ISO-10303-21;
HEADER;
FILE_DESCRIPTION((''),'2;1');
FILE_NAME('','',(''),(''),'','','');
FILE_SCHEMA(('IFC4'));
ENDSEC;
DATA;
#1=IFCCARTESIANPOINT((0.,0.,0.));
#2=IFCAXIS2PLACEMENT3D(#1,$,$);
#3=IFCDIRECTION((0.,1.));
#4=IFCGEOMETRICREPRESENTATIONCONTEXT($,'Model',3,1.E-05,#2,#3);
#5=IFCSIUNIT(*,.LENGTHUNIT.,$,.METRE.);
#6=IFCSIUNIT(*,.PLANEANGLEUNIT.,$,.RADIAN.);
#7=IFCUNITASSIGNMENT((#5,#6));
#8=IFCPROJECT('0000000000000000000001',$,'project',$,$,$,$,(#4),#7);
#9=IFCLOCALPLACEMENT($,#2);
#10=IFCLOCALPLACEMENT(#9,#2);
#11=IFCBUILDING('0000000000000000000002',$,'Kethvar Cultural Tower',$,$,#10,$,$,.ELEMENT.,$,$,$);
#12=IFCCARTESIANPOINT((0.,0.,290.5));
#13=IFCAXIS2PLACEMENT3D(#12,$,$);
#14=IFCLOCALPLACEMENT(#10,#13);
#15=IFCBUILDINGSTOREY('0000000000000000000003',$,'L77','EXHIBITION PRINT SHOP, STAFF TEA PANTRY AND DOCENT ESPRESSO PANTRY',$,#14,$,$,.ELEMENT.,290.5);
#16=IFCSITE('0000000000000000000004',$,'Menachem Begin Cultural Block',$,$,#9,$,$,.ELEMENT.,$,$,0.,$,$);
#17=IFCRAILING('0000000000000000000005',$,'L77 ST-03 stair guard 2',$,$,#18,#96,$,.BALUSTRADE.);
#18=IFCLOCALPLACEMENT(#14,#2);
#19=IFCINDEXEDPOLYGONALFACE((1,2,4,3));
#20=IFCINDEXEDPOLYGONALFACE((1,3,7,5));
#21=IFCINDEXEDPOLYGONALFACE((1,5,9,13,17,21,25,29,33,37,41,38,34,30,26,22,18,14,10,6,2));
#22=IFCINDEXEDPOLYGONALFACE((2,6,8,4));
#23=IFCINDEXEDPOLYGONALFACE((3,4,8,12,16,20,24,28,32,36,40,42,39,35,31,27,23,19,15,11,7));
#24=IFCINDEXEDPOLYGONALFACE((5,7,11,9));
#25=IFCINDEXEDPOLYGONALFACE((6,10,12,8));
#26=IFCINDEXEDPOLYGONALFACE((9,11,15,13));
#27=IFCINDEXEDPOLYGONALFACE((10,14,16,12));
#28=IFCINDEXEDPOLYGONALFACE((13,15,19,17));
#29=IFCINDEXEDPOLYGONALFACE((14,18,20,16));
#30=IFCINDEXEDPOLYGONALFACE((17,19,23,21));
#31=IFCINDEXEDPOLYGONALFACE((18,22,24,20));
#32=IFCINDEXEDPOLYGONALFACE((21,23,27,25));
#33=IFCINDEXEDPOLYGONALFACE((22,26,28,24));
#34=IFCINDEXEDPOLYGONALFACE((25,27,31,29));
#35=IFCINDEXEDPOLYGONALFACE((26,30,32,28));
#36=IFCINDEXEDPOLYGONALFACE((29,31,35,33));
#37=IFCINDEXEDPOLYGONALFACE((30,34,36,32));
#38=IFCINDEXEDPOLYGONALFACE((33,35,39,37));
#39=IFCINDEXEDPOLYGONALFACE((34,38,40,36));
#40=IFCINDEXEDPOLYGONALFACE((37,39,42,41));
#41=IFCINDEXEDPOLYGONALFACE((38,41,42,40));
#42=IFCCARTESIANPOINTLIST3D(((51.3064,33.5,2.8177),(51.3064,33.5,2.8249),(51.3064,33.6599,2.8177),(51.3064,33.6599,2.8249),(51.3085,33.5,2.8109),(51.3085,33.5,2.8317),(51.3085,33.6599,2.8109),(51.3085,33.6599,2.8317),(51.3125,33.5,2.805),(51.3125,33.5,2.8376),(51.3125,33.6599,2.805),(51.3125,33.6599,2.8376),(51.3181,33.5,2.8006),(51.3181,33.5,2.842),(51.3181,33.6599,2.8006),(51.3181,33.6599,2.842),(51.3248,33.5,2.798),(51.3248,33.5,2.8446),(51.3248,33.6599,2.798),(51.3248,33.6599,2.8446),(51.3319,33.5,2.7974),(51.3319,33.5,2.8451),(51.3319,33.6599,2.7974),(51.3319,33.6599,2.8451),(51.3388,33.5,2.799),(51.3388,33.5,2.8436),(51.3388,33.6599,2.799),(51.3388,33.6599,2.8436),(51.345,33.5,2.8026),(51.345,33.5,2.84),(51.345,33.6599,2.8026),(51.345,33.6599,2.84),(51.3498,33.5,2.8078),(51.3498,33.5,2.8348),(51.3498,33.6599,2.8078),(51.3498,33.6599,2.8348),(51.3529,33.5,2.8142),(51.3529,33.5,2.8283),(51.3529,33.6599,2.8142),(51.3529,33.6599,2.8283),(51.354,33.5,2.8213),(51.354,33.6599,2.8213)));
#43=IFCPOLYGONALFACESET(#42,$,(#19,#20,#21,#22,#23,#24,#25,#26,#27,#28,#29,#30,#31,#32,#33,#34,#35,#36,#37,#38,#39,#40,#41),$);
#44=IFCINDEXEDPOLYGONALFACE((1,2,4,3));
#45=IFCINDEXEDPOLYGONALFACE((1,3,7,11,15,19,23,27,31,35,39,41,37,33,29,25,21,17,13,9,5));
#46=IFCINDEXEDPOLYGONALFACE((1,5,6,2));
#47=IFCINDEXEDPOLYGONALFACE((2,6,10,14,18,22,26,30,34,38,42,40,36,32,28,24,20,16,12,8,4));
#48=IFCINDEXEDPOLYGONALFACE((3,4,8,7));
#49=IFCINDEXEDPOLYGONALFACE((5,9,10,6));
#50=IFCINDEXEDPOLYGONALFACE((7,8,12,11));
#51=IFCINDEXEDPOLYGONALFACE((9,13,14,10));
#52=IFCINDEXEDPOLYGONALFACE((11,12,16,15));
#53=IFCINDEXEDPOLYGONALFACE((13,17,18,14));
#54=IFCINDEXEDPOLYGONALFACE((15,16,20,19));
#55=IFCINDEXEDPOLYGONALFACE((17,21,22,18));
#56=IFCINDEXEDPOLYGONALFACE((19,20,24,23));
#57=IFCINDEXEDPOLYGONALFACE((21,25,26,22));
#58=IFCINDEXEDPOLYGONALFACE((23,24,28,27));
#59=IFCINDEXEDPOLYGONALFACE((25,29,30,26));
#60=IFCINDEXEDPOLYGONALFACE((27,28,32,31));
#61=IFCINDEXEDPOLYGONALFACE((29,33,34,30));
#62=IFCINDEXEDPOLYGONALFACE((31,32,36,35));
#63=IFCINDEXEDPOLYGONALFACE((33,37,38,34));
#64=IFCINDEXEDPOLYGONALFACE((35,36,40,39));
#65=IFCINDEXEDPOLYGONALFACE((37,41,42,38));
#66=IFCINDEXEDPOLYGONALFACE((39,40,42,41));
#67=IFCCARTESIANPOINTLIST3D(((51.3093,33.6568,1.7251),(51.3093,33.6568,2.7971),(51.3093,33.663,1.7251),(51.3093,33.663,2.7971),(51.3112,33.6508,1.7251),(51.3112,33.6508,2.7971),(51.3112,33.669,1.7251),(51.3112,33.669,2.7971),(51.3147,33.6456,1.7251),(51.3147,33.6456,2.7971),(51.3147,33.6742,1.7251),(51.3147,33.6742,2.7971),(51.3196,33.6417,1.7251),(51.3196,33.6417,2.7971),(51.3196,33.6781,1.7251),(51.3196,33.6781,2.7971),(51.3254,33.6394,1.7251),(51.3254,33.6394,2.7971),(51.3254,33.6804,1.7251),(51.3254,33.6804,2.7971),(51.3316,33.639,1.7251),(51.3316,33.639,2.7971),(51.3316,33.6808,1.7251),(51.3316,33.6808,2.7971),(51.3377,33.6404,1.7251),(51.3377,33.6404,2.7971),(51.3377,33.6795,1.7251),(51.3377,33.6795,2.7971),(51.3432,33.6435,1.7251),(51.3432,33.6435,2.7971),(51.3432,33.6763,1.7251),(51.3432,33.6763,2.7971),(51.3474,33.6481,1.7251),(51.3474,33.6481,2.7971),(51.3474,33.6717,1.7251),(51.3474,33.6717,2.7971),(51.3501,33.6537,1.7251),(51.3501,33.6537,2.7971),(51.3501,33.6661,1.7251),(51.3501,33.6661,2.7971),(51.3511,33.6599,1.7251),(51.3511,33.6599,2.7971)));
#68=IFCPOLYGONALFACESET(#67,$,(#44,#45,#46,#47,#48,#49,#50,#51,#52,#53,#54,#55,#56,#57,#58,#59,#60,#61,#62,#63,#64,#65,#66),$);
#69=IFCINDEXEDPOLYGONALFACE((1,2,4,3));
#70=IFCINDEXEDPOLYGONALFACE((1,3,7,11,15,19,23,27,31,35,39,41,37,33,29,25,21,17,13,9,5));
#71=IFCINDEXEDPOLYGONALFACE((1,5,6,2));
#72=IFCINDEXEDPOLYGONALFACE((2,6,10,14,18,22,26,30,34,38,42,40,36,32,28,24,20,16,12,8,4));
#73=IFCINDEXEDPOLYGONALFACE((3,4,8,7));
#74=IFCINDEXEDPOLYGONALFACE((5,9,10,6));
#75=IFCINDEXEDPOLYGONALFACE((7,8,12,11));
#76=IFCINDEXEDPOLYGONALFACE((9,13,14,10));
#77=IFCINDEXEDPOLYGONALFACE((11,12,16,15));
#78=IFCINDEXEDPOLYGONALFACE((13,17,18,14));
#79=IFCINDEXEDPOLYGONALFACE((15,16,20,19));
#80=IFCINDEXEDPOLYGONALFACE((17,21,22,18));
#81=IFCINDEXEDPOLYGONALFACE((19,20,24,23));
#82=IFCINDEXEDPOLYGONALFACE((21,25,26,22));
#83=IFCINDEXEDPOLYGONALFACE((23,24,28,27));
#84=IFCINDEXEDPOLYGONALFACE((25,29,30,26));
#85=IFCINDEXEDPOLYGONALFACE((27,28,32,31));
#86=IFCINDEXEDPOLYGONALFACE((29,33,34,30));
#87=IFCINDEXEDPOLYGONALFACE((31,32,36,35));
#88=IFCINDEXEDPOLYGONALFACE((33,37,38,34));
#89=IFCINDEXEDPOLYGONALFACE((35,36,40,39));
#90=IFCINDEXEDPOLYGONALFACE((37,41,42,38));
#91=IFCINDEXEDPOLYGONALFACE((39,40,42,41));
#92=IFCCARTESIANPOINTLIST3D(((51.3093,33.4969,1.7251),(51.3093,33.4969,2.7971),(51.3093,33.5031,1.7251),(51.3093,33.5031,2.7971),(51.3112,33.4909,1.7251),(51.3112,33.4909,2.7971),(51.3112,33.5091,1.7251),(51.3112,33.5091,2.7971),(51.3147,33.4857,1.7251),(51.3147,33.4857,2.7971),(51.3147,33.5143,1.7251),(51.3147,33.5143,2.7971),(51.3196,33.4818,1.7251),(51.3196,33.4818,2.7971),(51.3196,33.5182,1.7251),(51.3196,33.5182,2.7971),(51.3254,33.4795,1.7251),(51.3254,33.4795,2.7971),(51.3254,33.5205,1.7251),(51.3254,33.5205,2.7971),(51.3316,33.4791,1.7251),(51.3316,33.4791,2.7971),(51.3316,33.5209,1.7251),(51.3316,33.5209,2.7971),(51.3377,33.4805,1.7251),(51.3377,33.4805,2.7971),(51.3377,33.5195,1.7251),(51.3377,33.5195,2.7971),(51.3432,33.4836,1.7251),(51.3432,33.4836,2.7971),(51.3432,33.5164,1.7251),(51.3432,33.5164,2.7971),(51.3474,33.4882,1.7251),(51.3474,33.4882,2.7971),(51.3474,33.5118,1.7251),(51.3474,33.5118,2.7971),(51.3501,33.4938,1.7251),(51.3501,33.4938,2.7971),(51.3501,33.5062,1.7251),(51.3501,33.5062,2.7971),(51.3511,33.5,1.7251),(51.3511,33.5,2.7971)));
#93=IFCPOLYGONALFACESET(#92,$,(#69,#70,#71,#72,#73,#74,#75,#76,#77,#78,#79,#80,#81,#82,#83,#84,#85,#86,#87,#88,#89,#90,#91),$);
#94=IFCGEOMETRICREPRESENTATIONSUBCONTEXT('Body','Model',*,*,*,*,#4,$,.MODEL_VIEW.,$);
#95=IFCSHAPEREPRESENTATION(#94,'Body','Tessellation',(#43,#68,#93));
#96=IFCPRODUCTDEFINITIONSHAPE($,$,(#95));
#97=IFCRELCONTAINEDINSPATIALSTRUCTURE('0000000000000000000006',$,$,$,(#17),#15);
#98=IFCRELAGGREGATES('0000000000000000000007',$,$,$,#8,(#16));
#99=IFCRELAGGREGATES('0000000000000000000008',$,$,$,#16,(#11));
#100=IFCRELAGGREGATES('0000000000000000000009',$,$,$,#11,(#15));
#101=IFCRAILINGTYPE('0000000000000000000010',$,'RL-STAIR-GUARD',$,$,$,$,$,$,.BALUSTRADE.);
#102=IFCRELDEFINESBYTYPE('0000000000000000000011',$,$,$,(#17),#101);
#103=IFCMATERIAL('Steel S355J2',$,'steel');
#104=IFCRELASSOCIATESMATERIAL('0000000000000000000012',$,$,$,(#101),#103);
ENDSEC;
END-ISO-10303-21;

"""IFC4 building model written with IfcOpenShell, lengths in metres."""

from ifc_helpers import new_model, si_unit, direction, frame, origin, origin_2d, place, context, subcontext, project, spatial, circle, extrude, material, type_object, element, save


model = new_model("IFC4")

# Units and contexts
model_context = context("Model", 3, precision=1e-05, world=origin(), true_north=direction((0.0, 1.0)))
body_context = subcontext(model_context, "Body", "Model", "MODEL_VIEW")
ifc_project = project(units=[si_unit("LENGTHUNIT", "METRE"), si_unit("PLANEANGLEUNIT", "RADIAN")], contexts=[model_context])

# Site, building, storey
site_placement = place(None, origin())
site = spatial("IfcSite", under=ifc_project, at=site_placement, Name="Menachem Begin Cultural Block", CompositionType="ELEMENT", RefElevation=0.0)
building_placement = place(site_placement, origin())
building = spatial("IfcBuilding", under=site, at=building_placement, Name="Kethvar Cultural Tower", CompositionType="ELEMENT")
storey_placement = place(building_placement, frame((0.0, 0.0, 290.5)))
storey = spatial("IfcBuildingStorey", under=building, at=storey_placement, Name="L77", Description="EXHIBITION PRINT SHOP, STAFF TEA PANTRY AND DOCENT ESPRESSO PANTRY", CompositionType="ELEMENT", Elevation=290.5)

# Shared definitions
ifc_material_1 = material(Name="Steel S355J2", Category="steel")

# Railing
railing_type_1 = type_object("IfcRailingType", Name="RL-STAIR-GUARD", PredefinedType="BALUSTRADE", material=ifc_material_1)
railing_1_placement = place(storey_placement, frame((51.3301, 33.6599, 1.7251)))
element("IfcRailing", 1, at=railing_1_placement, inside=storey, type_object=railing_type_1, Name="L77 ST-03 stair guard 2", PredefinedType="BALUSTRADE", context=body_context, shape_type="SweptSolid", body=[
    extrude(circle(Radius=0.0239, at=origin_2d()), frame((0.0, 0.0, 1.0962), z_axis=(0.0, -1.0, 0.0), x_axis=(1.0, 0.0, 0.0)), (0.0, 0.0, 1.0), 0.1599),
    extrude(circle(Radius=0.021, at=origin_2d()), origin(), (0.0, 0.0, 1.0), 1.072),
    extrude(circle(Radius=0.021, at=origin_2d()), frame((0.0, -0.1599, 0.0)), (0.0, 0.0, 1.0), 1.072),
])

save(model, "model.ifc")
